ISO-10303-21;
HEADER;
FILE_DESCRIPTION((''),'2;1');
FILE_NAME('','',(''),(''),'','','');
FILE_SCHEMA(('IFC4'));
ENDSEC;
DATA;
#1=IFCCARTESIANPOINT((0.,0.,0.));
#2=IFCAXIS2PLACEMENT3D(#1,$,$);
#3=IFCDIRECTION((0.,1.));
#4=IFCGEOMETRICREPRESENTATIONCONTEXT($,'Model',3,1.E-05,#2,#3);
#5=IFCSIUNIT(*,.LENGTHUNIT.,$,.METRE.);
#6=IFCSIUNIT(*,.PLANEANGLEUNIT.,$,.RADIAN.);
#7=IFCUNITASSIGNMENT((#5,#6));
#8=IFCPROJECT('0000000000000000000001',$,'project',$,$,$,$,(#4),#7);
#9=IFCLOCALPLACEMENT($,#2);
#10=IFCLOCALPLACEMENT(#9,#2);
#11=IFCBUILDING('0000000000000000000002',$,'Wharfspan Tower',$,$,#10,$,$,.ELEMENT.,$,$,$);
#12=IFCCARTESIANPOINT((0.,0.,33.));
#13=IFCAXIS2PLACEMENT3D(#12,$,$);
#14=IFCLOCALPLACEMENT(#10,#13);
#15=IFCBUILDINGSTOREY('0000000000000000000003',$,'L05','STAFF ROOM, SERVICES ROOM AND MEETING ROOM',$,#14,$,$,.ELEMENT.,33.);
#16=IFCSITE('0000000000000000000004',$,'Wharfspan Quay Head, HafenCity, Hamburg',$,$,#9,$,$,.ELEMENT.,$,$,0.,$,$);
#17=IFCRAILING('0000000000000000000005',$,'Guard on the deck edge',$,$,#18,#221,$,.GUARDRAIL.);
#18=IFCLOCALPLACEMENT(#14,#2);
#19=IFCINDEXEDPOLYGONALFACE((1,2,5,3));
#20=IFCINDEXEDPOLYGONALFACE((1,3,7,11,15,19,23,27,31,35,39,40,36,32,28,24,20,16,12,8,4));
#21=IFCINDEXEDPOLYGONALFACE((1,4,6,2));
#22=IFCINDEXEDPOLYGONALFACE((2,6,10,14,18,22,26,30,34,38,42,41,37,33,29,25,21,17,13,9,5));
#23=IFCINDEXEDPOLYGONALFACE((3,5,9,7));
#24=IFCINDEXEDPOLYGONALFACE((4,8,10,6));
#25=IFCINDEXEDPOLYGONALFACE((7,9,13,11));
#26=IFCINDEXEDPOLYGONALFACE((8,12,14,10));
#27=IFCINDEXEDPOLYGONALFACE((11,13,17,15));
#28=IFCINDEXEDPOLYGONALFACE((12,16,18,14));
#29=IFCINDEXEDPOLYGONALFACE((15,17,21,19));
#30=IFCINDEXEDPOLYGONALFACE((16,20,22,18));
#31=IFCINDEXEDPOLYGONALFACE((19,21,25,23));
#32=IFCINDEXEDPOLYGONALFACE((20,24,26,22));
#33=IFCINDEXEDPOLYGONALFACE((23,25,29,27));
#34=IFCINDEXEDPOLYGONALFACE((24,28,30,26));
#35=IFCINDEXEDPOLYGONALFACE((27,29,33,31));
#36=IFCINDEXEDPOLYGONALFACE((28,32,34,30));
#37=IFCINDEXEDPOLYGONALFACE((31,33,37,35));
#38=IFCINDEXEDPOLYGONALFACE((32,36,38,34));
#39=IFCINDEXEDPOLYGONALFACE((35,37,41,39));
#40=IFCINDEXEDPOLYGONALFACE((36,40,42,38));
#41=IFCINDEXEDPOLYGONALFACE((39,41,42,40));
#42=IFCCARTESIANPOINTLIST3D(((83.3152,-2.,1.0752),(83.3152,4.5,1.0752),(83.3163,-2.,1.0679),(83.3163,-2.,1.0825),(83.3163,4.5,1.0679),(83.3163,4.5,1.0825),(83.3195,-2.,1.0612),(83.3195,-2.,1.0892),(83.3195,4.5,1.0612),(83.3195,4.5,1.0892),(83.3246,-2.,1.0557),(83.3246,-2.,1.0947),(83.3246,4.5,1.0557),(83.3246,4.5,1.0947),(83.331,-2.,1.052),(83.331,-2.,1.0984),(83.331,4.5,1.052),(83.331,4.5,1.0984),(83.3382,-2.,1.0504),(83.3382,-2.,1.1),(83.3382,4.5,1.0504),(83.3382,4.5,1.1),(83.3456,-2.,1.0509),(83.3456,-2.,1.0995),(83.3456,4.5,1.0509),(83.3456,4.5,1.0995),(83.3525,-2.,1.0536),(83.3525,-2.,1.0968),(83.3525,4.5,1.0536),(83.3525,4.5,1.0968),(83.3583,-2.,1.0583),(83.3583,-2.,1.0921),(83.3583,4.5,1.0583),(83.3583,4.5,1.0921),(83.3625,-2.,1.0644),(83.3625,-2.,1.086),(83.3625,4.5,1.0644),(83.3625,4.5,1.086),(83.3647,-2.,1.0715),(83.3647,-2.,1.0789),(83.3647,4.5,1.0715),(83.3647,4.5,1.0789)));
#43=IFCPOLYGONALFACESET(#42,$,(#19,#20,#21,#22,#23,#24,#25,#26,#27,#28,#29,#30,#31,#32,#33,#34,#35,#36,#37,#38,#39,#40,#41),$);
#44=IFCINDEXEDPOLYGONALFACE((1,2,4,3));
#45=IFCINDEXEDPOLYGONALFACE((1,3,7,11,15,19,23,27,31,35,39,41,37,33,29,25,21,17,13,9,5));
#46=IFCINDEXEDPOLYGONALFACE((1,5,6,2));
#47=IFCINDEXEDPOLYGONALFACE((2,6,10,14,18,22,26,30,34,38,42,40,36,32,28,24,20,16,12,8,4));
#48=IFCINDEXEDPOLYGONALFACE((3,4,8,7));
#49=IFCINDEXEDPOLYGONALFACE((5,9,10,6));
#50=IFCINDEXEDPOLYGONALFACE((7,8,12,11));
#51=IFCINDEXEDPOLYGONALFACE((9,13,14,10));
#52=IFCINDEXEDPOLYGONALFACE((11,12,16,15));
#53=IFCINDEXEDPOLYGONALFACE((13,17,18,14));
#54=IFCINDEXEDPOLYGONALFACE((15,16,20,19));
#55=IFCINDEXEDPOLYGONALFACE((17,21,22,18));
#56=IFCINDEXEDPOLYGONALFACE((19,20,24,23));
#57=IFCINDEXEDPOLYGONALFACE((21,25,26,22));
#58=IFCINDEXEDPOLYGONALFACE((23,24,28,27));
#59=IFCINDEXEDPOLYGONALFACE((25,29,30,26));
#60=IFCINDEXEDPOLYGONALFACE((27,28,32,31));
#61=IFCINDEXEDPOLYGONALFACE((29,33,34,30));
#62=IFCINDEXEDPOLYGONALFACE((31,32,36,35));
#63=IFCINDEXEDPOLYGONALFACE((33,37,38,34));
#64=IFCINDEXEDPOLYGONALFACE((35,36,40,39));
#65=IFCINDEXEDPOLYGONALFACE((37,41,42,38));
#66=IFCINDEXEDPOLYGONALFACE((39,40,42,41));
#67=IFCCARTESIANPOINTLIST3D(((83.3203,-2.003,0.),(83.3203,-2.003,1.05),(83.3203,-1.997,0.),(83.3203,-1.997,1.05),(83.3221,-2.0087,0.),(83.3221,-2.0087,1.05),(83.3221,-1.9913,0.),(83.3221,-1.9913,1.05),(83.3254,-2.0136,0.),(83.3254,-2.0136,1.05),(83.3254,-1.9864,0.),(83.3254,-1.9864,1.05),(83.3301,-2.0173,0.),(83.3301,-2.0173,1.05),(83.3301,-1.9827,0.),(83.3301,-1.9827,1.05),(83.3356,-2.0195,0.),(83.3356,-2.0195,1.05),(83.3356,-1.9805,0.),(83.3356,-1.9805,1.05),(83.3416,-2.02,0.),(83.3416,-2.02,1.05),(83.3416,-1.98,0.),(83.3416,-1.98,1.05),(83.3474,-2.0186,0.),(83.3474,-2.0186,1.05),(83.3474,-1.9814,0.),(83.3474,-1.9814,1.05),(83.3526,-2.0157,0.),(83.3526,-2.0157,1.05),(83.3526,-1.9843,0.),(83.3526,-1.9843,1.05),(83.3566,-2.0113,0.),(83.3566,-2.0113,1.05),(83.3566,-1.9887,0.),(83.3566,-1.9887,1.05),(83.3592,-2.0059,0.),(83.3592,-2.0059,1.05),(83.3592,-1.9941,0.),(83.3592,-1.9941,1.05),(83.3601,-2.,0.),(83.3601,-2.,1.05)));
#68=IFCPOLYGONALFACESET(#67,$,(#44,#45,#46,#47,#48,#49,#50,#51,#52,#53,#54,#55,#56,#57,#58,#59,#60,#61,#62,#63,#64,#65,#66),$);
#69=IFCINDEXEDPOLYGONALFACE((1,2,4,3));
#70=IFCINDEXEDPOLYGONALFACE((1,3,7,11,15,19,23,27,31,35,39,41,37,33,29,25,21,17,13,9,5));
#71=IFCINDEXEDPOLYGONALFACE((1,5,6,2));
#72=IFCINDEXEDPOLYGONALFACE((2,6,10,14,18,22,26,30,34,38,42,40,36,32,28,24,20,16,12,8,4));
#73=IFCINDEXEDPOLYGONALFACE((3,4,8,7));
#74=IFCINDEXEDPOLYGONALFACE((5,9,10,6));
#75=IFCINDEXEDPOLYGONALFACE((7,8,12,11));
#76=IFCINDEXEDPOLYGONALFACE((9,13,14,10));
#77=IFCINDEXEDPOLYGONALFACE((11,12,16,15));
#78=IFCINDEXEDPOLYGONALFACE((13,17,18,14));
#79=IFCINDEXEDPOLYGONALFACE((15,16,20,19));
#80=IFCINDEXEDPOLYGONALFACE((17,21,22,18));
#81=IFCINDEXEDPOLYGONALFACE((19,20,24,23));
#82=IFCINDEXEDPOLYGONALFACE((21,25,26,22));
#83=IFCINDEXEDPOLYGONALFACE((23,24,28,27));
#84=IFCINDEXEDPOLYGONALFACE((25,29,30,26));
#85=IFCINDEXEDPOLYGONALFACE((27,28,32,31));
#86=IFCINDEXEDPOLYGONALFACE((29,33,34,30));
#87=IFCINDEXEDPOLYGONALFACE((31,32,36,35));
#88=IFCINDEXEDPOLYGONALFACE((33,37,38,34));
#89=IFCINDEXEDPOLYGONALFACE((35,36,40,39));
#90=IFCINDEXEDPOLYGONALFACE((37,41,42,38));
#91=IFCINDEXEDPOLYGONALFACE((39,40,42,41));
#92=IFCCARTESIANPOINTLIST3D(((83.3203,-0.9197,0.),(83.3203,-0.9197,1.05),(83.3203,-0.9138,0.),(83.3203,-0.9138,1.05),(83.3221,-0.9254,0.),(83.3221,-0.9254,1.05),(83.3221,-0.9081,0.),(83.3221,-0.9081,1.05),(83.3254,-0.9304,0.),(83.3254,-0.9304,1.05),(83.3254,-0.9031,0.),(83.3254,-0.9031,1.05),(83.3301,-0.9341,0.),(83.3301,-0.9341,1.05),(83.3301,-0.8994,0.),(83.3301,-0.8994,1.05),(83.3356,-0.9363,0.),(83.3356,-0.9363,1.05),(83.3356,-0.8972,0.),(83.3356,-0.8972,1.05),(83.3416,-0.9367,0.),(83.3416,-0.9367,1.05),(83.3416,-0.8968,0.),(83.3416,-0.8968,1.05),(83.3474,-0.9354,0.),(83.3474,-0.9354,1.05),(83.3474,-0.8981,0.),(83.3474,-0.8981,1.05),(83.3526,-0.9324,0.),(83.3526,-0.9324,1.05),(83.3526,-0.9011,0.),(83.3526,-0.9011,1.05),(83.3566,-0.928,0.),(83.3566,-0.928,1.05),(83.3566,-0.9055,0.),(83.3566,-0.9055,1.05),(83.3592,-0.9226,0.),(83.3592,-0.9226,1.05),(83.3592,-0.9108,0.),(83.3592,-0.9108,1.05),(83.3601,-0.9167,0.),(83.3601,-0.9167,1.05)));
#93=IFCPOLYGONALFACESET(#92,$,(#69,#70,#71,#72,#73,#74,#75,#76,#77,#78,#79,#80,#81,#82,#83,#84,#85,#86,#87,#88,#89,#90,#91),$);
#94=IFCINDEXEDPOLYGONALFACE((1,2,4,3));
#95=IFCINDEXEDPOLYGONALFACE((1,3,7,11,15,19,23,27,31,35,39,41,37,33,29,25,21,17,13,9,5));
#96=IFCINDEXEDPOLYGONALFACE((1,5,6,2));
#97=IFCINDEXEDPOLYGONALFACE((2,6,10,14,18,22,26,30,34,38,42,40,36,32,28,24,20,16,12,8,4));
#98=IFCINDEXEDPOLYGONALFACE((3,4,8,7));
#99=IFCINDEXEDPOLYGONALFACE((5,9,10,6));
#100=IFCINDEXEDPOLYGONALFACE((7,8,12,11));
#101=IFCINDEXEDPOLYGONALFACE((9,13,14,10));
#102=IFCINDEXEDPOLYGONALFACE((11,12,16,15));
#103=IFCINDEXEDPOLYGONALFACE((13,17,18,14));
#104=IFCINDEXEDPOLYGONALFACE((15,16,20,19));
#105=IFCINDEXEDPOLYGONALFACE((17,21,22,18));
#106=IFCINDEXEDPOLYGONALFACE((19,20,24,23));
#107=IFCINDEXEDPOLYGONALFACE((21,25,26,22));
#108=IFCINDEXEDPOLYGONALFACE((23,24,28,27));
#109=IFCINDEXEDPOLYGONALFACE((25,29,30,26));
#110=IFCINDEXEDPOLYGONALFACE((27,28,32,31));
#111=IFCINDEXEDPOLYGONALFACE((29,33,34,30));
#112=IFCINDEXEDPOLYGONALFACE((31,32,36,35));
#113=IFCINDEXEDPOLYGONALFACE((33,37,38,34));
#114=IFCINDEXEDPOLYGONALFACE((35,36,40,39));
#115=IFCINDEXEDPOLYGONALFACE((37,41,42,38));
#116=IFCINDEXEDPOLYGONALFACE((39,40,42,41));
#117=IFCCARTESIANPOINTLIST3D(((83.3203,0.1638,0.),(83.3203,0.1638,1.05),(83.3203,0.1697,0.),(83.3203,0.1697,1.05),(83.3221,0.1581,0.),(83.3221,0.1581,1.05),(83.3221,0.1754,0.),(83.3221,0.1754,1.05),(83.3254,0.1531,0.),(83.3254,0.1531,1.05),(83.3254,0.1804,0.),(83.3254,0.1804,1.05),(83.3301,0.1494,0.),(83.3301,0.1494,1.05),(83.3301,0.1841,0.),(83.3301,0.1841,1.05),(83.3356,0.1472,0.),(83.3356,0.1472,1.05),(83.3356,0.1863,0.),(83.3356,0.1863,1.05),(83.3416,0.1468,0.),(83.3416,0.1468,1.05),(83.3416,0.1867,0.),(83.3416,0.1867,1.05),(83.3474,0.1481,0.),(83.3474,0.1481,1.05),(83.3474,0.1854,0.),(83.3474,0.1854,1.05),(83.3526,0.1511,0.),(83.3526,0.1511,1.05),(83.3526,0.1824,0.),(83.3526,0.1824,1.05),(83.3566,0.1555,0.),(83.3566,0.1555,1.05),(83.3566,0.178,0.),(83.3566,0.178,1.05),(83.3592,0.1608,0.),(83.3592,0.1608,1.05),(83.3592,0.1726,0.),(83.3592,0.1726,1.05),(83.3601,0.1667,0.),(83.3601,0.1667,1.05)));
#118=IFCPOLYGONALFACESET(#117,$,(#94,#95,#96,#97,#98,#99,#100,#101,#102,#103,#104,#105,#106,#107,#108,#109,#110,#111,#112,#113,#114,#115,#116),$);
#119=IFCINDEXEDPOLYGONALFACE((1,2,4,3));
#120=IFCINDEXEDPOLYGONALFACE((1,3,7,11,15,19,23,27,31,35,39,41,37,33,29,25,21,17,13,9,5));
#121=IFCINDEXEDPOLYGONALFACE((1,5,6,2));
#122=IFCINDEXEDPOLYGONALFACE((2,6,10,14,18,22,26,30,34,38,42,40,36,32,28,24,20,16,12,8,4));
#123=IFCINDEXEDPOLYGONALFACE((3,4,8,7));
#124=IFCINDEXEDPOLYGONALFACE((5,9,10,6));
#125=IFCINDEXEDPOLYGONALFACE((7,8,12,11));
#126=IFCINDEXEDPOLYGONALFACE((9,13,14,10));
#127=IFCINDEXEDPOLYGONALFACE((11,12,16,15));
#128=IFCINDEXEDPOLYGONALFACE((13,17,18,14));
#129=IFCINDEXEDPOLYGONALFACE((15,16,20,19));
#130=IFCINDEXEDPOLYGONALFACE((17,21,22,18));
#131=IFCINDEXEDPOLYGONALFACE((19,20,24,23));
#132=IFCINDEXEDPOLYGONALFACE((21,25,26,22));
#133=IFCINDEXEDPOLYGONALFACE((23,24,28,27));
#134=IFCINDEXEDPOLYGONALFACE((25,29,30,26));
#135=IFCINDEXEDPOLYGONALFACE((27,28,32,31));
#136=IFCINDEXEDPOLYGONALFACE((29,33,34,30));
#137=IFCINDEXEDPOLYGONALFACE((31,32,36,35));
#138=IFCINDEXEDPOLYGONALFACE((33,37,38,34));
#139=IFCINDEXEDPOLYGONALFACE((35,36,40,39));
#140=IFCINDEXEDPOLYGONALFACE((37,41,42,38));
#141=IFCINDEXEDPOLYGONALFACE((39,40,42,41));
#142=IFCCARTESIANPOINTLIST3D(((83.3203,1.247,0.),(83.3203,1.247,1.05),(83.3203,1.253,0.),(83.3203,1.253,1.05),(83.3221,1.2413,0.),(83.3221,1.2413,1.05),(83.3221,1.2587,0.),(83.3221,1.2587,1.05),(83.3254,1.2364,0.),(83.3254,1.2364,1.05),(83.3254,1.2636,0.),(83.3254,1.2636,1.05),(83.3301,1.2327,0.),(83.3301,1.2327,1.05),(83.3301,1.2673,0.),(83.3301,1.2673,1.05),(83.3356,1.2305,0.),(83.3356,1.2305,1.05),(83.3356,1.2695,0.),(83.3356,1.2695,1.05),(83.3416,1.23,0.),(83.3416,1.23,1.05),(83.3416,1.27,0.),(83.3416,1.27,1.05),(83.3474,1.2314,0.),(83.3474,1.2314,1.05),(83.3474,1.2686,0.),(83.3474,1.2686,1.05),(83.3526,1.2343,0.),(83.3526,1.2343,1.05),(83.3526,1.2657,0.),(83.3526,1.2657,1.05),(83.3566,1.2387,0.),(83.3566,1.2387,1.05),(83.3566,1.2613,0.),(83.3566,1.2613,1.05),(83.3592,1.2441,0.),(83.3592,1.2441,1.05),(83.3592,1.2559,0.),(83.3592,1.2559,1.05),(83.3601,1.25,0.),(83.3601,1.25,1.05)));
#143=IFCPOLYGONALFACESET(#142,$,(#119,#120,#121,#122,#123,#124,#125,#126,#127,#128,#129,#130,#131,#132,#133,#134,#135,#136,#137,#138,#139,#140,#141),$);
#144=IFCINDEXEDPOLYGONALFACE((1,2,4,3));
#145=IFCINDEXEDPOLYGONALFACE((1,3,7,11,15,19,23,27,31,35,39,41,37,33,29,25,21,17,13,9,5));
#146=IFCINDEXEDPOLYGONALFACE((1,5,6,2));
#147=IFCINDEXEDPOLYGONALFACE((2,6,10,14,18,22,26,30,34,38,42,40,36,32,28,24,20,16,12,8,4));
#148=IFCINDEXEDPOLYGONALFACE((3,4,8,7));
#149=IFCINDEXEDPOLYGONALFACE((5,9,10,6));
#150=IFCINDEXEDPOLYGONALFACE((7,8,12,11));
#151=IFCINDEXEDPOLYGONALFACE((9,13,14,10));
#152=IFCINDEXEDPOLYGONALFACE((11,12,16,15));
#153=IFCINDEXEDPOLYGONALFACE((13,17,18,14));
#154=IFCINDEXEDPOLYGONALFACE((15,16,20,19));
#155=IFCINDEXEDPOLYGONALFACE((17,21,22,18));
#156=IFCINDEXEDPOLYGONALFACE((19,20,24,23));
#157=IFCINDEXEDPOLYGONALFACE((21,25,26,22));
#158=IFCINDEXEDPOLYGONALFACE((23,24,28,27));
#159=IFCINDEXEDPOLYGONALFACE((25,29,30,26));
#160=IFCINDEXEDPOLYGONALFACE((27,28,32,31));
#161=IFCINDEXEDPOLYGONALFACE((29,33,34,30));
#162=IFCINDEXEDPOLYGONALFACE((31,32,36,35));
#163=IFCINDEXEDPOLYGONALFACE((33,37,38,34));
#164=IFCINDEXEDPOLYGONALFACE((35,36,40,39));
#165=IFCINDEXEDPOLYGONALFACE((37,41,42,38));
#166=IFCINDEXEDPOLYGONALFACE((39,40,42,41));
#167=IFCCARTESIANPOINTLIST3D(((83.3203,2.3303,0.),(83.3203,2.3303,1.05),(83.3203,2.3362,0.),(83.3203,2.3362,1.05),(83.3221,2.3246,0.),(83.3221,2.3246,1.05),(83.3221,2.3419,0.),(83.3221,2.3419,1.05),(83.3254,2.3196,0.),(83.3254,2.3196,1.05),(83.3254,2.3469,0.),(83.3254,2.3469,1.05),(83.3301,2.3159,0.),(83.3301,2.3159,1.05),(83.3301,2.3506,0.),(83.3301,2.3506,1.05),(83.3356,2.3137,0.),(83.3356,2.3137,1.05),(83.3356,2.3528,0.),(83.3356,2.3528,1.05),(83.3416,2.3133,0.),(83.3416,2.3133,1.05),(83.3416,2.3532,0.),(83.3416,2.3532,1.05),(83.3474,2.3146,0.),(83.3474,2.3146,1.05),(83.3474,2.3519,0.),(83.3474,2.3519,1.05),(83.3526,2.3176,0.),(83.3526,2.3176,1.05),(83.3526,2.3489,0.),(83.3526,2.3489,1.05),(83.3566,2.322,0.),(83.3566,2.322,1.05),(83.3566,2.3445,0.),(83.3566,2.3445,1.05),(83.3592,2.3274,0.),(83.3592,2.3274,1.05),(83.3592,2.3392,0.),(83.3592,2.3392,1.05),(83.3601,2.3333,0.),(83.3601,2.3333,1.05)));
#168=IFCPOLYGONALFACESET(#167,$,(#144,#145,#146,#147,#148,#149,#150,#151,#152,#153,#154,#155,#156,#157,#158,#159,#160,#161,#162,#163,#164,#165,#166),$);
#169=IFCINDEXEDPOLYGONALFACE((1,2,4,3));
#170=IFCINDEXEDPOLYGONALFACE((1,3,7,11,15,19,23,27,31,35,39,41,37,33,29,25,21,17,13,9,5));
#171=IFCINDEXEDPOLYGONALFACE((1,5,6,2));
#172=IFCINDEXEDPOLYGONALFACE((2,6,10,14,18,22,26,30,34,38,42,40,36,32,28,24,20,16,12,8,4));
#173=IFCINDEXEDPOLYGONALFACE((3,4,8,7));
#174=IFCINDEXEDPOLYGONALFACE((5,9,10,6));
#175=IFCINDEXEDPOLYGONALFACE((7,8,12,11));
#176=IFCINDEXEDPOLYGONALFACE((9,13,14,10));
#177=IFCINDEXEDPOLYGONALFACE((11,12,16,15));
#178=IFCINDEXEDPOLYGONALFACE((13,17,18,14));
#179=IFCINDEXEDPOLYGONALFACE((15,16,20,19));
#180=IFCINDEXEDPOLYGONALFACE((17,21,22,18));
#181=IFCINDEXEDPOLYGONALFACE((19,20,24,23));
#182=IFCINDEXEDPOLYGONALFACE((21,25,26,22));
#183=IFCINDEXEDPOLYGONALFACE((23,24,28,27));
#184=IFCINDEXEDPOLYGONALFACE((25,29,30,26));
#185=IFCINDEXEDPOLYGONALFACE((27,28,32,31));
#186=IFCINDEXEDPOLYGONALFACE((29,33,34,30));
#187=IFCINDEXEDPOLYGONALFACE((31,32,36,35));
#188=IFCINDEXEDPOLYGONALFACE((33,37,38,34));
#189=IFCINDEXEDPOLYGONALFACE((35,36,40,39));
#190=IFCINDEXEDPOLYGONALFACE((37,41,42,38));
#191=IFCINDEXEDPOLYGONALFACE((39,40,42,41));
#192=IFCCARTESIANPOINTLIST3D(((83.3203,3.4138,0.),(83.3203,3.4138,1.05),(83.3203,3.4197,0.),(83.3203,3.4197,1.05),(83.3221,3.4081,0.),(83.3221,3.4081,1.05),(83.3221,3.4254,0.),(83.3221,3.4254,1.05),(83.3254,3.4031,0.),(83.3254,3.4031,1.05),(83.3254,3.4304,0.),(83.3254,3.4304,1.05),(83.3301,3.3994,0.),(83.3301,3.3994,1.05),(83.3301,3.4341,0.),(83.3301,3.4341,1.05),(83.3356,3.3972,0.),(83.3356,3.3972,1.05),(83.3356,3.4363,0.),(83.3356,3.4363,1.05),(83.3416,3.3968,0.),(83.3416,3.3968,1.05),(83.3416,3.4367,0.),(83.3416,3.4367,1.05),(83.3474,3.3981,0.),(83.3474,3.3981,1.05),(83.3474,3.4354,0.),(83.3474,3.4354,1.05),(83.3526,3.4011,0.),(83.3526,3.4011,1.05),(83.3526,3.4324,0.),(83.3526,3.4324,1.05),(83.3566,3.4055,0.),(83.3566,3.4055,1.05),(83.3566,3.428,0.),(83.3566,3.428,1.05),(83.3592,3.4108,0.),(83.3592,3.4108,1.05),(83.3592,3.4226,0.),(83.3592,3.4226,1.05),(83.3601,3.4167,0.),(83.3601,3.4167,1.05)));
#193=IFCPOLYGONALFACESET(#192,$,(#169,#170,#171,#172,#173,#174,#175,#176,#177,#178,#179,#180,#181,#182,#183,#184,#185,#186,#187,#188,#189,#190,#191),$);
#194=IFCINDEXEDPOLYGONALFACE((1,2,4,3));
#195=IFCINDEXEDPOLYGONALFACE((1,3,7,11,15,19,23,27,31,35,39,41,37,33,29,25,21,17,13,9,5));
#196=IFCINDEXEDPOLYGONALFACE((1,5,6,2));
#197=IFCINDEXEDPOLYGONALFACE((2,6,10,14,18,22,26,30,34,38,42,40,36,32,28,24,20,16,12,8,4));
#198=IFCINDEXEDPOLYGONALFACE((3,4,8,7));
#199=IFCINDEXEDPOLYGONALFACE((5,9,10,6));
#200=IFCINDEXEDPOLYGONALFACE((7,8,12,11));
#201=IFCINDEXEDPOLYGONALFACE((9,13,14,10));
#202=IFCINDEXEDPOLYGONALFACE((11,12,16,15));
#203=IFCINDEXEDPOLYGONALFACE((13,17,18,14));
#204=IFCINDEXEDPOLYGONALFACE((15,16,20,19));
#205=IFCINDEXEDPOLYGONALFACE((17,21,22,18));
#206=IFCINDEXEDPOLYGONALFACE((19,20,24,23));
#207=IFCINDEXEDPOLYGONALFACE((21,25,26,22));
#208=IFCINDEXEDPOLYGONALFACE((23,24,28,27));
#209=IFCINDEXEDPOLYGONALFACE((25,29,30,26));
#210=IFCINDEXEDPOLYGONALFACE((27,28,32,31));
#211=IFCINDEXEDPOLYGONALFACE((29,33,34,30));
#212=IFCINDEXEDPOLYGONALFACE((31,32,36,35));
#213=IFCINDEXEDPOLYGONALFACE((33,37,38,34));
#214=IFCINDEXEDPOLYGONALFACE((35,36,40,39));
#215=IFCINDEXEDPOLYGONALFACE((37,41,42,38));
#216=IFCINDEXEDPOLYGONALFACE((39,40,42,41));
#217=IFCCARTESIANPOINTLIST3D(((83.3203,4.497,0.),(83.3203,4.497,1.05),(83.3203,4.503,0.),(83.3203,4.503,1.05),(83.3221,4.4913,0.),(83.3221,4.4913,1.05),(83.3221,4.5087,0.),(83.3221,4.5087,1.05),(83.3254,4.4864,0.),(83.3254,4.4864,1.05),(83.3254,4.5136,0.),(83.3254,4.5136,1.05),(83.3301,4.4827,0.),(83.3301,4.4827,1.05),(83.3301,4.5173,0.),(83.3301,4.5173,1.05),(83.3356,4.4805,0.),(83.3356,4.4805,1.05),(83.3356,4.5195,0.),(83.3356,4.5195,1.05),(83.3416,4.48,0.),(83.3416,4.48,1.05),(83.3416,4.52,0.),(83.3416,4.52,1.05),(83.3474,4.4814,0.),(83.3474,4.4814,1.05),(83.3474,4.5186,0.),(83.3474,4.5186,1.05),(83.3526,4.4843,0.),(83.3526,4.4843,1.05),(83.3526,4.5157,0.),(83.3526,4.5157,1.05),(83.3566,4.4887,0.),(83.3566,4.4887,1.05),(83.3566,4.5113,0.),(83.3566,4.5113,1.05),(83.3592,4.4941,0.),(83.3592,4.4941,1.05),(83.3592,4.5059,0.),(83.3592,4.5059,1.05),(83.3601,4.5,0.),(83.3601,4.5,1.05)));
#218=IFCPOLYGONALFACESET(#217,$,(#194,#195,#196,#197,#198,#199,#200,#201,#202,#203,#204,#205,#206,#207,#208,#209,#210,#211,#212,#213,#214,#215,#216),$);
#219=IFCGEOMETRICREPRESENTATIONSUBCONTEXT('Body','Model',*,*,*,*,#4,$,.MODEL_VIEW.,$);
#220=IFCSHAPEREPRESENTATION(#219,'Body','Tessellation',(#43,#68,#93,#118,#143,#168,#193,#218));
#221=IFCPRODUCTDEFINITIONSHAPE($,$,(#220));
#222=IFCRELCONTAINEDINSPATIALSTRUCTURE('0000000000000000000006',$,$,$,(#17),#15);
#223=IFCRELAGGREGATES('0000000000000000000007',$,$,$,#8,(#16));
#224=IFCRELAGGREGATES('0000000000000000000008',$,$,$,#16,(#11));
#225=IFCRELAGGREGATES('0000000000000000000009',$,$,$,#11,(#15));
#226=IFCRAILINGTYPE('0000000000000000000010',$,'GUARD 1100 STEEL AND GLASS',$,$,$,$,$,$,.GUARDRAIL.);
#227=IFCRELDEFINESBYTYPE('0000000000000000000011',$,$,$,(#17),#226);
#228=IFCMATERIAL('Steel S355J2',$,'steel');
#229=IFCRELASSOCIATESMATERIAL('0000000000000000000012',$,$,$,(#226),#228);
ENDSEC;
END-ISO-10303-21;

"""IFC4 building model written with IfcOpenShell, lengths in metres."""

from ifc_helpers import new_model, si_unit, direction, frame, origin, origin_2d, place, context, subcontext, project, spatial, circle, extrude, material, type_object, element, save


model = new_model("IFC4")

# Units and contexts
model_context = context("Model", 3, precision=1e-05, world=origin(), true_north=direction((0.0, 1.0)))
body_context = subcontext(model_context, "Body", "Model", "MODEL_VIEW")
ifc_project = project(units=[si_unit("LENGTHUNIT", "METRE"), si_unit("PLANEANGLEUNIT", "RADIAN")], contexts=[model_context])

# Site, building, storey
site_placement = place(None, origin())
site = spatial("IfcSite", under=ifc_project, at=site_placement, Name="Wharfspan Quay Head, HafenCity, Hamburg", CompositionType="ELEMENT", RefElevation=0.0)
building_placement = place(site_placement, origin())
building = spatial("IfcBuilding", under=site, at=building_placement, Name="Wharfspan Tower", CompositionType="ELEMENT")
storey_placement = place(building_placement, frame((0.0, 0.0, 33.0)))
storey = spatial("IfcBuildingStorey", under=building, at=storey_placement, Name="L05", Description="STAFF ROOM, SERVICES ROOM AND MEETING ROOM", CompositionType="ELEMENT", Elevation=33.0)

# Railing
ifc_material_1 = material(Name="Steel S355J2", Category="steel")
railing_type = type_object("IfcRailingType", Name="GUARD 1100 STEEL AND GLASS", PredefinedType="GUARDRAIL", material=ifc_material_1)
railing_1_placement = place(storey_placement, frame((83.3401, -2.0, 0.0)))
element("IfcRailing", 1, at=railing_1_placement, inside=storey, type_object=railing_type, Name="Guard on the deck edge", PredefinedType="GUARDRAIL", context=body_context, shape_type="SweptSolid", body=[
    extrude(circle(Radius=0.0249, at=origin_2d()), frame((0.0, 0.0, 1.0752), z_axis=(0.0, 1.0, 0.0), x_axis=(-1.0, 0.0, 0.0)), (0.0, 0.0, 1.0), 6.5),
    extrude(circle(Radius=0.02, at=origin_2d()), origin(), (0.0, 0.0, 1.0), 1.05),
    extrude(circle(Radius=0.02, at=origin_2d()), frame((0.0, 1.0833, 0.0)), (0.0, 0.0, 1.0), 1.05),
    extrude(circle(Radius=0.02, at=origin_2d()), frame((0.0, 2.1667, 0.0)), (0.0, 0.0, 1.0), 1.05),
    extrude(circle(Radius=0.02, at=origin_2d()), frame((0.0, 3.25, 0.0)), (0.0, 0.0, 1.0), 1.05),
    extrude(circle(Radius=0.02, at=origin_2d()), frame((0.0, 4.3333, 0.0)), (0.0, 0.0, 1.0), 1.05),
    extrude(circle(Radius=0.02, at=origin_2d()), frame((0.0, 5.4167, 0.0)), (0.0, 0.0, 1.0), 1.05),
    extrude(circle(Radius=0.02, at=origin_2d()), frame((0.0, 6.5, 0.0)), (0.0, 0.0, 1.0), 1.05),
])

save(model, "model.ifc")
